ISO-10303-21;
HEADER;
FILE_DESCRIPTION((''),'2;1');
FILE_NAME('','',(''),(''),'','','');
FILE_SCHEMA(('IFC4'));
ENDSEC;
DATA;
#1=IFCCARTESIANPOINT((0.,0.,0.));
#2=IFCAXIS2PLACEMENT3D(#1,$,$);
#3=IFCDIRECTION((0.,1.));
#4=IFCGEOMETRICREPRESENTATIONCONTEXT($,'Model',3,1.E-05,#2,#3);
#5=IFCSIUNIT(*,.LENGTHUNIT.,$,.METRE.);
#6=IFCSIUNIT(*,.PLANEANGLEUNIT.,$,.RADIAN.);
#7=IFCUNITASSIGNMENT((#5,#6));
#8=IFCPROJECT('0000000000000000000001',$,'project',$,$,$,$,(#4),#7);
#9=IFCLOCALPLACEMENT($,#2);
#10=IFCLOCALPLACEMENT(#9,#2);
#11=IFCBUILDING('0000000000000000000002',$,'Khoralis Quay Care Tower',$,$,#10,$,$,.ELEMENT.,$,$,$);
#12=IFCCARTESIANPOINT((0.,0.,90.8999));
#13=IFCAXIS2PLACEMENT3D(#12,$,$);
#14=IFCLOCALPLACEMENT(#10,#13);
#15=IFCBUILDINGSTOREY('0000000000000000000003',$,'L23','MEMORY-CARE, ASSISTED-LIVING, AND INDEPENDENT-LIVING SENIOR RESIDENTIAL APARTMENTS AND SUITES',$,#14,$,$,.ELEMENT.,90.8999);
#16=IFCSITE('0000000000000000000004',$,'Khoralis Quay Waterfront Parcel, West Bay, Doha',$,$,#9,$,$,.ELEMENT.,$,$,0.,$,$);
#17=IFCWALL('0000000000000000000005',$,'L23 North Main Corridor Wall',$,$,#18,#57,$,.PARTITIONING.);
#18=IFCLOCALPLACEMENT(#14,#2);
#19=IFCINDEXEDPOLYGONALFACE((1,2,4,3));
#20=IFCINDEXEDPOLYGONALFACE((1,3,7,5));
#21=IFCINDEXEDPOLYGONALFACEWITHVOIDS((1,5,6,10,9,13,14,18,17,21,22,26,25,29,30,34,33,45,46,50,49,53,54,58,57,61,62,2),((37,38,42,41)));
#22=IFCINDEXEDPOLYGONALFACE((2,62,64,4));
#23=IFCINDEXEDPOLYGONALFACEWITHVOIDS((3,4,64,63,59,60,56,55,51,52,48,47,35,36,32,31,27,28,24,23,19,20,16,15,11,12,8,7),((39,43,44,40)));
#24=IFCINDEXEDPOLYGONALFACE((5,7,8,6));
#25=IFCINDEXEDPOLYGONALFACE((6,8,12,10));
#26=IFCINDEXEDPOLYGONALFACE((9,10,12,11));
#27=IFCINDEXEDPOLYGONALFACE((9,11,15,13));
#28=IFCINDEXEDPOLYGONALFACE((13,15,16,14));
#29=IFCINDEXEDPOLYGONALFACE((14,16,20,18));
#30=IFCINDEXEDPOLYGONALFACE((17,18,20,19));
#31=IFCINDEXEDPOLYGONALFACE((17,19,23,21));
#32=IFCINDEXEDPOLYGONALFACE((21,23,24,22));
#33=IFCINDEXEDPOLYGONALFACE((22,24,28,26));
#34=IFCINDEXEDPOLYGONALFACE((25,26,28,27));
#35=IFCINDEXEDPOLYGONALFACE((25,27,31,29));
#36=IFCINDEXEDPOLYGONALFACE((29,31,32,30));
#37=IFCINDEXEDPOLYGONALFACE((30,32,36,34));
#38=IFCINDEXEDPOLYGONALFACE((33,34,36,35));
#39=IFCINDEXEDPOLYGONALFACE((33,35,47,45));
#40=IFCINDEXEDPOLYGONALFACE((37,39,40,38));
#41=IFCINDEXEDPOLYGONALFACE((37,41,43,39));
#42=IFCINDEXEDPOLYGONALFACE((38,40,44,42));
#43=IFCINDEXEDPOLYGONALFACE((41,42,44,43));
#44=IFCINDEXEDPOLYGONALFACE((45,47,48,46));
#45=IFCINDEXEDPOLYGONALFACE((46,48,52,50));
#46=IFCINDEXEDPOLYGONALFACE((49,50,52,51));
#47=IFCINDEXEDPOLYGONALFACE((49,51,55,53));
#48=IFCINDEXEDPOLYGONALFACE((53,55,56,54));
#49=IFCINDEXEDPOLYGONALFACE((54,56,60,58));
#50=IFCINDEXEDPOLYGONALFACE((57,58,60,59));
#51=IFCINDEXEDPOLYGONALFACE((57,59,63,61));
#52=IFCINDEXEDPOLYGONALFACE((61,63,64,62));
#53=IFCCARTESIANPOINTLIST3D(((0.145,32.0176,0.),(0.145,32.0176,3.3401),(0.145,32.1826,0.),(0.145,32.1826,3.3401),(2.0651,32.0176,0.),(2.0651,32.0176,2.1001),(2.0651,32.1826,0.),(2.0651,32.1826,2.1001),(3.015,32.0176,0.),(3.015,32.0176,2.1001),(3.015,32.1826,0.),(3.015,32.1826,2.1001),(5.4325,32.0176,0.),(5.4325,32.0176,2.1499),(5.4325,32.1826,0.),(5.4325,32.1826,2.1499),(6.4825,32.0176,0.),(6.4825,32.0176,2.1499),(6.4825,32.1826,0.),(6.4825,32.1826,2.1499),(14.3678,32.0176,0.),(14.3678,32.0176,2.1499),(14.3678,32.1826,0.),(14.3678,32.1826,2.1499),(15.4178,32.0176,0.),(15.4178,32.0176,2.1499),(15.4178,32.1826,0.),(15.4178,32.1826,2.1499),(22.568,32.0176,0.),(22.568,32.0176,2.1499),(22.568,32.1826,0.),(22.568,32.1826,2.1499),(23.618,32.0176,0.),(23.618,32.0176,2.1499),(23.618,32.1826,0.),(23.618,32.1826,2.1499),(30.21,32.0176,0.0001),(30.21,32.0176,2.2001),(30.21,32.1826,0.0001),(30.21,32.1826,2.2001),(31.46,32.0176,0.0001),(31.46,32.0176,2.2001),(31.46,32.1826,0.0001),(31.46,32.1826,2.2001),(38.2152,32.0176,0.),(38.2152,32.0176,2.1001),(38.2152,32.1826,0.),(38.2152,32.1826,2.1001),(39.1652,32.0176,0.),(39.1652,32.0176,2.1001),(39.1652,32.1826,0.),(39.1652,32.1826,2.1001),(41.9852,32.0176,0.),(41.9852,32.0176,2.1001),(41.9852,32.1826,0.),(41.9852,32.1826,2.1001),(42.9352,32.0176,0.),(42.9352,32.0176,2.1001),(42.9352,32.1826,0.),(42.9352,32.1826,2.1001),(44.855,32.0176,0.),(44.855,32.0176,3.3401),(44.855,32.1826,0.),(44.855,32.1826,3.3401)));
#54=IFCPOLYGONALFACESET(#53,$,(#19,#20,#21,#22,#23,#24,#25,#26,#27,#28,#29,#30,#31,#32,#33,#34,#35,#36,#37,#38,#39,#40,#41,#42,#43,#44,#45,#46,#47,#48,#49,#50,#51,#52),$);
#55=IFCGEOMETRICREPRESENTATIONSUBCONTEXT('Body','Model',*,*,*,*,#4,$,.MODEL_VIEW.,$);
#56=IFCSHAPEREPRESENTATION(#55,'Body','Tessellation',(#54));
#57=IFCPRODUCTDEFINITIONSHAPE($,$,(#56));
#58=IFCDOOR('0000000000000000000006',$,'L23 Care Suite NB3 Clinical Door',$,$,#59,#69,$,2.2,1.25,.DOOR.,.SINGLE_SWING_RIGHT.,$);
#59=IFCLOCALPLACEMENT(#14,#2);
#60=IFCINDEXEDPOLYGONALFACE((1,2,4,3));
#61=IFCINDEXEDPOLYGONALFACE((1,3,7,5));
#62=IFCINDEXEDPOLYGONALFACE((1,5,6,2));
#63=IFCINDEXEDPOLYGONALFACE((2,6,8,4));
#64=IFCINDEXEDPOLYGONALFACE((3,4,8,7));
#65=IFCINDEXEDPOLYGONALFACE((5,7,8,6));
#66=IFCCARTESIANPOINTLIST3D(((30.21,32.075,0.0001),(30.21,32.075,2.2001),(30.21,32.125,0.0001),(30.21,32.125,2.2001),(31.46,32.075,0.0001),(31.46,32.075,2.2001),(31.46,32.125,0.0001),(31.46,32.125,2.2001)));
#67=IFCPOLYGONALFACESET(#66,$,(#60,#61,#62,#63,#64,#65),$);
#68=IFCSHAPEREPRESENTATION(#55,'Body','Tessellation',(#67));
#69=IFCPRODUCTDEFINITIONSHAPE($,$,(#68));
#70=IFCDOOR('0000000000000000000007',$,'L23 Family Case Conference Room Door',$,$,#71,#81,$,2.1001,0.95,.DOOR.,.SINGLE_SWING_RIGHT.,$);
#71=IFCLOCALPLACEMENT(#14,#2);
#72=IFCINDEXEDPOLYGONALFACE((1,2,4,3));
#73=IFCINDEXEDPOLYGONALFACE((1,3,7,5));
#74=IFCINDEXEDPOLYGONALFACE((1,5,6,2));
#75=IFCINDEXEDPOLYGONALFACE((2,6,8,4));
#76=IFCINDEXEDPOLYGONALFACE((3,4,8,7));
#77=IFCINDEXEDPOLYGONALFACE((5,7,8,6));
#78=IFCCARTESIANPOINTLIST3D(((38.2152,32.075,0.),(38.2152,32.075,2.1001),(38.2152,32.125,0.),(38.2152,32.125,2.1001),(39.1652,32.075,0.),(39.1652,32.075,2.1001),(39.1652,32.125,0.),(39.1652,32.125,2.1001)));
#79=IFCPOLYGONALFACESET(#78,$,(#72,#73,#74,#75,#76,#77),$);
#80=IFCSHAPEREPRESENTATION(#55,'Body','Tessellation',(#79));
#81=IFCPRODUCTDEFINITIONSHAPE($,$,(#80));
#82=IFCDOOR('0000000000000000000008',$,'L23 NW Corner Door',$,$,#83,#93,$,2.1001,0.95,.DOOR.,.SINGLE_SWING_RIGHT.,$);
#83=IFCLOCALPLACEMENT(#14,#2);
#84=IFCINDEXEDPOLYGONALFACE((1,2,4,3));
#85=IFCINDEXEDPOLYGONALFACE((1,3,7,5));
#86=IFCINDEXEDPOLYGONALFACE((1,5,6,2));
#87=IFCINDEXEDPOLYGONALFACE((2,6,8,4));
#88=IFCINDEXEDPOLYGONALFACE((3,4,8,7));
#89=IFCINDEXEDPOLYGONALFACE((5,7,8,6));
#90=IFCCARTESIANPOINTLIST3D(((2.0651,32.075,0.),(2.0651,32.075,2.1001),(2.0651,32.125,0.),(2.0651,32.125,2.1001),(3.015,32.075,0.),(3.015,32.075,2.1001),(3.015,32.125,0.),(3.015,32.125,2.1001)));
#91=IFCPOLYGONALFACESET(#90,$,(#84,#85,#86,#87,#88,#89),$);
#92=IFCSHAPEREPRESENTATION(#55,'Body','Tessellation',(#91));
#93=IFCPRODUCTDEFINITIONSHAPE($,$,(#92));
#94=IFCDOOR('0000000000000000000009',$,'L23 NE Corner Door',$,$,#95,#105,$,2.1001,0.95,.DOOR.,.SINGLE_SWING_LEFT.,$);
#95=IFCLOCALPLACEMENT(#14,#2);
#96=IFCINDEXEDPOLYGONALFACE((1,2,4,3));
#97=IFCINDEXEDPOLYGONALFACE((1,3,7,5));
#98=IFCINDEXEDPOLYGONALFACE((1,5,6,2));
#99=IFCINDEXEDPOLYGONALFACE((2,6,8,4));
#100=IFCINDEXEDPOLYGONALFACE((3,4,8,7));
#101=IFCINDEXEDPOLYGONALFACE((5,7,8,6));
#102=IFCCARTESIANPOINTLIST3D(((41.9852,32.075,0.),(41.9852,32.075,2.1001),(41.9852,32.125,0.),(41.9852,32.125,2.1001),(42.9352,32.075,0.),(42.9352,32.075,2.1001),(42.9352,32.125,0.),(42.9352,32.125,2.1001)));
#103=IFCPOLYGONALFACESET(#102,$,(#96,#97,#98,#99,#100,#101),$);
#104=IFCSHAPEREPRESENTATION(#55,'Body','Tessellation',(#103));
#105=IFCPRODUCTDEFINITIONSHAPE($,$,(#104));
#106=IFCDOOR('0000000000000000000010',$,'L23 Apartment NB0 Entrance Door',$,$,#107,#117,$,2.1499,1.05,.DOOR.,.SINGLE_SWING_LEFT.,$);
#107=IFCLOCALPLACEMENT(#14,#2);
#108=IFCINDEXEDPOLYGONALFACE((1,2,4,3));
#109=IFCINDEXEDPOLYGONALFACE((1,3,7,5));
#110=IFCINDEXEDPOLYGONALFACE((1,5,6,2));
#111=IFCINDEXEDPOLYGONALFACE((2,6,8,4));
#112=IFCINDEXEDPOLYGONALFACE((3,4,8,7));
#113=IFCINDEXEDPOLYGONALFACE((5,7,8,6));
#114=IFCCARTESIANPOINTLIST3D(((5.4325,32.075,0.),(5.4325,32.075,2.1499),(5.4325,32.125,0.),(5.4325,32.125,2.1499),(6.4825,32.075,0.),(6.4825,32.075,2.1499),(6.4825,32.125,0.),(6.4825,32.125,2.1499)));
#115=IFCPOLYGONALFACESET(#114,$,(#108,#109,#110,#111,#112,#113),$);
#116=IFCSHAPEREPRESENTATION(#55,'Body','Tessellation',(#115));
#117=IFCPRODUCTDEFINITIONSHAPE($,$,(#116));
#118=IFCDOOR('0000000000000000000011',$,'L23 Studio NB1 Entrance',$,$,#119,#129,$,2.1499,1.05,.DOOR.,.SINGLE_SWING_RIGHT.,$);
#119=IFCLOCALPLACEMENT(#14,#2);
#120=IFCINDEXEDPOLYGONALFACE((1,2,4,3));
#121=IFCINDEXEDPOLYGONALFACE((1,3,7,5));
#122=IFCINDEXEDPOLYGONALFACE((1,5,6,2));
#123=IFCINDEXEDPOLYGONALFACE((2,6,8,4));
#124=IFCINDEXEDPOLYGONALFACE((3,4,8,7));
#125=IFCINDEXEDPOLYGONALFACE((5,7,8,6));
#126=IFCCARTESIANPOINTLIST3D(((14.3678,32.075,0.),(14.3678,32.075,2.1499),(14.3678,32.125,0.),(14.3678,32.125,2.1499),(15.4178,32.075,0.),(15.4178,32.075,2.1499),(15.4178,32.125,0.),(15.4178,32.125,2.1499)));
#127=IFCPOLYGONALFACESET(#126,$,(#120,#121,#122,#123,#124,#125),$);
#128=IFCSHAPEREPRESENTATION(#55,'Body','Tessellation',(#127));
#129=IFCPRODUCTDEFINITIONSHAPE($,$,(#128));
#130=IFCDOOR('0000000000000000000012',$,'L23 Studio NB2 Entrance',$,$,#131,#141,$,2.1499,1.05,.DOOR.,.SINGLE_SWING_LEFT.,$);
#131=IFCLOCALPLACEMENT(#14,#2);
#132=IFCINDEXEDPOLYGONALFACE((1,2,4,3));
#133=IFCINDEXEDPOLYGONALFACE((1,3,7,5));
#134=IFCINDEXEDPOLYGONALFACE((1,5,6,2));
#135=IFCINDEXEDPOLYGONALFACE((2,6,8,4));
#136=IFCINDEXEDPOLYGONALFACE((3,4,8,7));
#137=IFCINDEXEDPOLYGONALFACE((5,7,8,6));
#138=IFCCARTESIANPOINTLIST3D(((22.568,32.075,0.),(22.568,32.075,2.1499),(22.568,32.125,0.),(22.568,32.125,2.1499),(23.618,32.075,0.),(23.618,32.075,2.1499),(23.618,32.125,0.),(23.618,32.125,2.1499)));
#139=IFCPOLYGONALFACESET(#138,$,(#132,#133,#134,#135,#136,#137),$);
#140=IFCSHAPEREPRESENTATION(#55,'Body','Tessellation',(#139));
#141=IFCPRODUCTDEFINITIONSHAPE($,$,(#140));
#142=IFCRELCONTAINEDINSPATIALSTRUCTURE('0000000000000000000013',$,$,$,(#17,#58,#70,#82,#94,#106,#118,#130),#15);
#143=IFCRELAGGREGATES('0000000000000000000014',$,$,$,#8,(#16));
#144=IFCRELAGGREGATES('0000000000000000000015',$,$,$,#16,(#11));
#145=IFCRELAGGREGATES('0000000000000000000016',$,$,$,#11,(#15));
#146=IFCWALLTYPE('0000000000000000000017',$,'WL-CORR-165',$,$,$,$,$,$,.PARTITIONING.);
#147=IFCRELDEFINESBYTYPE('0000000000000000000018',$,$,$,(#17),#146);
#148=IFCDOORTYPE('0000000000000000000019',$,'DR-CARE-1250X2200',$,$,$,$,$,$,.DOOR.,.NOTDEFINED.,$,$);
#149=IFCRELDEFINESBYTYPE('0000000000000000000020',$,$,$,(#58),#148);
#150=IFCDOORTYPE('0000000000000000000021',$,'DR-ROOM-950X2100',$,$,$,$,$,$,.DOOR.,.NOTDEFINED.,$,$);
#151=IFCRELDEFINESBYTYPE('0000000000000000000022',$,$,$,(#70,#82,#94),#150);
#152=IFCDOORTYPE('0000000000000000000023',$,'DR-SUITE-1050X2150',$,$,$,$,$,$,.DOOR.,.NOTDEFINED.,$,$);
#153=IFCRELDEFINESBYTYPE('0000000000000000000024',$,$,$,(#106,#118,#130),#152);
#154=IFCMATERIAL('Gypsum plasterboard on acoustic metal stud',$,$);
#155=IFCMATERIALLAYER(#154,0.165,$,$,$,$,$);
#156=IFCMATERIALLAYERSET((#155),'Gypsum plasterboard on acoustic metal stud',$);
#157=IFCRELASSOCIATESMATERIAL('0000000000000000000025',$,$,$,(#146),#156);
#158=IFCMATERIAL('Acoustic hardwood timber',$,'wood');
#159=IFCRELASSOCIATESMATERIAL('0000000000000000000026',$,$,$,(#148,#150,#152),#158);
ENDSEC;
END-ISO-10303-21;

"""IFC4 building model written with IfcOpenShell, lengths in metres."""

from ifc_helpers import new_model, si_unit, direction, frame, frame_2d, origin, place, context, subcontext, project, spatial, rectangle, extrude, source, transform, mapped, material, layer, layer_set, type_object, element, fill, save


model = new_model("IFC4")

# Units and contexts
model_context = context("Model", 3, precision=1e-05, world=origin(), true_north=direction((0.0, 1.0)))
body_context = subcontext(model_context, "Body", "Model", "MODEL_VIEW")
ifc_project = project(units=[si_unit("LENGTHUNIT", "METRE"), si_unit("PLANEANGLEUNIT", "RADIAN")], contexts=[model_context])

# Site, building, storey
site_placement = place(None, origin())
site = spatial("IfcSite", under=ifc_project, at=site_placement, Name="Khoralis Quay Waterfront Parcel, West Bay, Doha", CompositionType="ELEMENT", RefElevation=0.0)
building_placement = place(site_placement, origin())
building = spatial("IfcBuilding", under=site, at=building_placement, Name="Khoralis Quay Care Tower", CompositionType="ELEMENT")
storey_placement = place(building_placement, frame((0.0, 0.0, 90.8999)))
storey = spatial("IfcBuildingStorey", under=building, at=storey_placement, Name="L23", Description="MEMORY-CARE, ASSISTED-LIVING, AND INDEPENDENT-LIVING SENIOR RESIDENTIAL APARTMENTS AND SUITES", CompositionType="ELEMENT", Elevation=90.8999)

# Shared definitions
ifc_material_1 = material(Name="Gypsum plasterboard on acoustic metal stud")
ifc_layer_1 = layer(ifc_material_1, 0.165)
ifc_layer_set_1 = layer_set([ifc_layer_1], Name="Gypsum plasterboard on acoustic metal stud")
wall_type_1 = type_object("IfcWallType", Name="WL-CORR-165", PredefinedType="PARTITIONING", material=ifc_layer_set_1)

# Wall, openings, doors
wall_1_placement = place(storey_placement, frame((0.145, 32.1001, 0.0), z_axis=(0.0, 0.0, 1.0), x_axis=(1.0, 0.0, 0.0)))
wall_1 = element("IfcWall", 1, at=wall_1_placement, inside=storey, type_object=wall_type_1, Name="L23 North Main Corridor Wall", PredefinedType="PARTITIONING", context=body_context, shape_type="SweptSolid", body=[
    extrude(rectangle(XDim=44.71, YDim=0.165, at=frame_2d((22.355, 0.0))), origin(), (0.0, 0.0, 1.0), 3.3401),
])
opening_1_placement = place(wall_1_placement, frame((5.2876, 0.0, 0.0)))
opening_1 = element("IfcOpeningElement", 2, at=opening_1_placement, cuts=wall_1, PredefinedType="OPENING", context=body_context, shape_type="SweptSolid", body=[
    extrude(rectangle(XDim=1.05, YDim=2.1499, at=frame_2d((0.5249, 1.075))), frame((0.0, 0.0925, 0.0), z_axis=(0.0, -1.0, 0.0), x_axis=(1.0, 0.0, 0.0)), (0.0, 0.0, 1.0), 0.1851),
])
opening_2_placement = place(wall_1_placement, frame((14.2229, 0.0, 0.0)))
opening_2 = element("IfcOpeningElement", 3, at=opening_2_placement, cuts=wall_1, PredefinedType="OPENING", context=body_context, shape_type="SweptSolid", body=[
    extrude(rectangle(XDim=1.05, YDim=2.1499, at=frame_2d((0.5249, 1.075))), frame((0.0, 0.0925, 0.0), z_axis=(0.0, -1.0, 0.0), x_axis=(1.0, 0.0, 0.0)), (0.0, 0.0, 1.0), 0.1851),
])
opening_3_placement = place(wall_1_placement, frame((22.4231, 0.0, 0.0)))
opening_3 = element("IfcOpeningElement", 4, at=opening_3_placement, cuts=wall_1, PredefinedType="OPENING", context=body_context, shape_type="SweptSolid", body=[
    extrude(rectangle(XDim=1.05, YDim=2.1499, at=frame_2d((0.5249, 1.075))), frame((0.0, 0.0925, 0.0), z_axis=(0.0, -1.0, 0.0), x_axis=(1.0, 0.0, 0.0)), (0.0, 0.0, 1.0), 0.1851),
])
opening_4_placement = place(wall_1_placement, frame((30.0649, 0.0, 0.0)))
opening_4 = element("IfcOpeningElement", 5, at=opening_4_placement, cuts=wall_1, PredefinedType="OPENING", context=body_context, shape_type="SweptSolid", body=[
    extrude(rectangle(XDim=1.25, YDim=2.2, at=frame_2d((0.625, 1.1001))), frame((0.0, 0.0925, 0.0), z_axis=(0.0, -1.0, 0.0), x_axis=(1.0, 0.0, 0.0)), (0.0, 0.0, 1.0), 0.1851),
])
opening_5_placement = place(wall_1_placement, frame((38.0701, 0.0, 0.0)))
opening_5 = element("IfcOpeningElement", 6, at=opening_5_placement, cuts=wall_1, PredefinedType="OPENING", context=body_context, shape_type="SweptSolid", body=[
    extrude(rectangle(XDim=0.95, YDim=2.1001, at=frame_2d((0.4751, 1.05))), frame((0.0, 0.0925, 0.0), z_axis=(0.0, -1.0, 0.0), x_axis=(1.0, 0.0, 0.0)), (0.0, 0.0, 1.0), 0.1851),
])
opening_6_placement = place(wall_1_placement, frame((1.9199, 0.0, 0.0)))
opening_6 = element("IfcOpeningElement", 7, at=opening_6_placement, cuts=wall_1, PredefinedType="OPENING", context=body_context, shape_type="SweptSolid", body=[
    extrude(rectangle(XDim=0.95, YDim=2.1001, at=frame_2d((0.4751, 1.05))), frame((0.0, 0.0925, 0.0), z_axis=(0.0, -1.0, 0.0), x_axis=(1.0, 0.0, 0.0)), (0.0, 0.0, 1.0), 0.1851),
])
opening_7_placement = place(wall_1_placement, frame((41.8401, 0.0, 0.0)))
opening_7 = element("IfcOpeningElement", 8, at=opening_7_placement, cuts=wall_1, PredefinedType="OPENING", context=body_context, shape_type="SweptSolid", body=[
    extrude(rectangle(XDim=0.95, YDim=2.1001, at=frame_2d((0.4751, 1.05))), frame((0.0, 0.0925, 0.0), z_axis=(0.0, -1.0, 0.0), x_axis=(1.0, 0.0, 0.0)), (0.0, 0.0, 1.0), 0.1851),
])
ifc_material_2 = material(Name="Acoustic hardwood timber", Category="wood")
door_type_1 = type_object("IfcDoorType", Name="DR-CARE-1250X2200", OperationType="NOTDEFINED", PredefinedType="DOOR", material=ifc_material_2)
shared_shape_1 = source(origin(), body_context, "Body", "SweptSolid", [
    extrude(rectangle(XDim=1.25, YDim=2.2, at=frame_2d((0.625, 1.1001))), frame((0.0, 0.0249, 0.0), z_axis=(0.0, -1.0, 0.0), x_axis=(1.0, 0.0, 0.0)), (0.0, 0.0, 1.0), 0.05),
])
door_1_placement = place(opening_4_placement, origin())
door_1 = element("IfcDoor", 9, at=door_1_placement, inside=storey, type_object=door_type_1, Name="L23 Care Suite NB3 Clinical Door", OperationType="SINGLE_SWING_RIGHT", OverallHeight=2.2, OverallWidth=1.25, PredefinedType="DOOR", context=body_context, shape_type="MappedRepresentation", body=[
    mapped(shared_shape_1, transform((0.0, 0.0, 0.0), scale=1.0)),
])
fill(opening_4, door_1)
door_type_2 = type_object("IfcDoorType", Name="DR-ROOM-950X2100", OperationType="NOTDEFINED", PredefinedType="DOOR", material=ifc_material_2)
shared_shape_2 = source(origin(), body_context, "Body", "SweptSolid", [
    extrude(rectangle(XDim=0.95, YDim=2.1001, at=frame_2d((0.4751, 1.05))), frame((0.0, 0.0249, 0.0), z_axis=(0.0, -1.0, 0.0), x_axis=(1.0, 0.0, 0.0)), (0.0, 0.0, 1.0), 0.05),
])
door_2_placement = place(opening_5_placement, origin())
door_2 = element("IfcDoor", 10, at=door_2_placement, inside=storey, type_object=door_type_2, Name="L23 Family Case Conference Room Door", OperationType="SINGLE_SWING_RIGHT", OverallHeight=2.1001, OverallWidth=0.95, PredefinedType="DOOR", context=body_context, shape_type="MappedRepresentation", body=[
    mapped(shared_shape_2, transform((0.0, 0.0, 0.0), scale=1.0)),
])
fill(opening_5, door_2)
door_3_placement = place(opening_6_placement, origin())
door_3 = element("IfcDoor", 11, at=door_3_placement, inside=storey, type_object=door_type_2, Name="L23 NW Corner Door", OperationType="SINGLE_SWING_RIGHT", OverallHeight=2.1001, OverallWidth=0.95, PredefinedType="DOOR", context=body_context, shape_type="MappedRepresentation", body=[
    mapped(shared_shape_2, transform((0.0, 0.0, 0.0), scale=1.0)),
])
fill(opening_6, door_3)
door_4_placement = place(opening_7_placement, origin())
door_4 = element("IfcDoor", 12, at=door_4_placement, inside=storey, type_object=door_type_2, Name="L23 NE Corner Door", OperationType="SINGLE_SWING_LEFT", OverallHeight=2.1001, OverallWidth=0.95, PredefinedType="DOOR", context=body_context, shape_type="MappedRepresentation", body=[
    mapped(shared_shape_2, transform((0.0, 0.0, 0.0), scale=1.0)),
])
fill(opening_7, door_4)
door_type_3 = type_object("IfcDoorType", Name="DR-SUITE-1050X2150", OperationType="NOTDEFINED", PredefinedType="DOOR", material=ifc_material_2)
shared_shape_3 = source(origin(), body_context, "Body", "SweptSolid", [
    extrude(rectangle(XDim=1.05, YDim=2.1499, at=frame_2d((0.5249, 1.075))), frame((0.0, 0.0249, 0.0), z_axis=(0.0, -1.0, 0.0), x_axis=(1.0, 0.0, 0.0)), (0.0, 0.0, 1.0), 0.05),
])
door_5_placement = place(opening_1_placement, origin())
door_5 = element("IfcDoor", 13, at=door_5_placement, inside=storey, type_object=door_type_3, Name="L23 Apartment NB0 Entrance Door", OperationType="SINGLE_SWING_LEFT", OverallHeight=2.1499, OverallWidth=1.05, PredefinedType="DOOR", context=body_context, shape_type="MappedRepresentation", body=[
    mapped(shared_shape_3, transform((0.0, 0.0, 0.0), scale=1.0)),
])
fill(opening_1, door_5)
door_6_placement = place(opening_2_placement, origin())
door_6 = element("IfcDoor", 14, at=door_6_placement, inside=storey, type_object=door_type_3, Name="L23 Studio NB1 Entrance", OperationType="SINGLE_SWING_RIGHT", OverallHeight=2.1499, OverallWidth=1.05, PredefinedType="DOOR", context=body_context, shape_type="MappedRepresentation", body=[
    mapped(shared_shape_3, transform((0.0, 0.0, 0.0), scale=1.0)),
])
fill(opening_2, door_6)
door_7_placement = place(opening_3_placement, origin())
door_7 = element("IfcDoor", 15, at=door_7_placement, inside=storey, type_object=door_type_3, Name="L23 Studio NB2 Entrance", OperationType="SINGLE_SWING_LEFT", OverallHeight=2.1499, OverallWidth=1.05, PredefinedType="DOOR", context=body_context, shape_type="MappedRepresentation", body=[
    mapped(shared_shape_3, transform((0.0, 0.0, 0.0), scale=1.0)),
])
fill(opening_3, door_7)

save(model, "model.ifc")
